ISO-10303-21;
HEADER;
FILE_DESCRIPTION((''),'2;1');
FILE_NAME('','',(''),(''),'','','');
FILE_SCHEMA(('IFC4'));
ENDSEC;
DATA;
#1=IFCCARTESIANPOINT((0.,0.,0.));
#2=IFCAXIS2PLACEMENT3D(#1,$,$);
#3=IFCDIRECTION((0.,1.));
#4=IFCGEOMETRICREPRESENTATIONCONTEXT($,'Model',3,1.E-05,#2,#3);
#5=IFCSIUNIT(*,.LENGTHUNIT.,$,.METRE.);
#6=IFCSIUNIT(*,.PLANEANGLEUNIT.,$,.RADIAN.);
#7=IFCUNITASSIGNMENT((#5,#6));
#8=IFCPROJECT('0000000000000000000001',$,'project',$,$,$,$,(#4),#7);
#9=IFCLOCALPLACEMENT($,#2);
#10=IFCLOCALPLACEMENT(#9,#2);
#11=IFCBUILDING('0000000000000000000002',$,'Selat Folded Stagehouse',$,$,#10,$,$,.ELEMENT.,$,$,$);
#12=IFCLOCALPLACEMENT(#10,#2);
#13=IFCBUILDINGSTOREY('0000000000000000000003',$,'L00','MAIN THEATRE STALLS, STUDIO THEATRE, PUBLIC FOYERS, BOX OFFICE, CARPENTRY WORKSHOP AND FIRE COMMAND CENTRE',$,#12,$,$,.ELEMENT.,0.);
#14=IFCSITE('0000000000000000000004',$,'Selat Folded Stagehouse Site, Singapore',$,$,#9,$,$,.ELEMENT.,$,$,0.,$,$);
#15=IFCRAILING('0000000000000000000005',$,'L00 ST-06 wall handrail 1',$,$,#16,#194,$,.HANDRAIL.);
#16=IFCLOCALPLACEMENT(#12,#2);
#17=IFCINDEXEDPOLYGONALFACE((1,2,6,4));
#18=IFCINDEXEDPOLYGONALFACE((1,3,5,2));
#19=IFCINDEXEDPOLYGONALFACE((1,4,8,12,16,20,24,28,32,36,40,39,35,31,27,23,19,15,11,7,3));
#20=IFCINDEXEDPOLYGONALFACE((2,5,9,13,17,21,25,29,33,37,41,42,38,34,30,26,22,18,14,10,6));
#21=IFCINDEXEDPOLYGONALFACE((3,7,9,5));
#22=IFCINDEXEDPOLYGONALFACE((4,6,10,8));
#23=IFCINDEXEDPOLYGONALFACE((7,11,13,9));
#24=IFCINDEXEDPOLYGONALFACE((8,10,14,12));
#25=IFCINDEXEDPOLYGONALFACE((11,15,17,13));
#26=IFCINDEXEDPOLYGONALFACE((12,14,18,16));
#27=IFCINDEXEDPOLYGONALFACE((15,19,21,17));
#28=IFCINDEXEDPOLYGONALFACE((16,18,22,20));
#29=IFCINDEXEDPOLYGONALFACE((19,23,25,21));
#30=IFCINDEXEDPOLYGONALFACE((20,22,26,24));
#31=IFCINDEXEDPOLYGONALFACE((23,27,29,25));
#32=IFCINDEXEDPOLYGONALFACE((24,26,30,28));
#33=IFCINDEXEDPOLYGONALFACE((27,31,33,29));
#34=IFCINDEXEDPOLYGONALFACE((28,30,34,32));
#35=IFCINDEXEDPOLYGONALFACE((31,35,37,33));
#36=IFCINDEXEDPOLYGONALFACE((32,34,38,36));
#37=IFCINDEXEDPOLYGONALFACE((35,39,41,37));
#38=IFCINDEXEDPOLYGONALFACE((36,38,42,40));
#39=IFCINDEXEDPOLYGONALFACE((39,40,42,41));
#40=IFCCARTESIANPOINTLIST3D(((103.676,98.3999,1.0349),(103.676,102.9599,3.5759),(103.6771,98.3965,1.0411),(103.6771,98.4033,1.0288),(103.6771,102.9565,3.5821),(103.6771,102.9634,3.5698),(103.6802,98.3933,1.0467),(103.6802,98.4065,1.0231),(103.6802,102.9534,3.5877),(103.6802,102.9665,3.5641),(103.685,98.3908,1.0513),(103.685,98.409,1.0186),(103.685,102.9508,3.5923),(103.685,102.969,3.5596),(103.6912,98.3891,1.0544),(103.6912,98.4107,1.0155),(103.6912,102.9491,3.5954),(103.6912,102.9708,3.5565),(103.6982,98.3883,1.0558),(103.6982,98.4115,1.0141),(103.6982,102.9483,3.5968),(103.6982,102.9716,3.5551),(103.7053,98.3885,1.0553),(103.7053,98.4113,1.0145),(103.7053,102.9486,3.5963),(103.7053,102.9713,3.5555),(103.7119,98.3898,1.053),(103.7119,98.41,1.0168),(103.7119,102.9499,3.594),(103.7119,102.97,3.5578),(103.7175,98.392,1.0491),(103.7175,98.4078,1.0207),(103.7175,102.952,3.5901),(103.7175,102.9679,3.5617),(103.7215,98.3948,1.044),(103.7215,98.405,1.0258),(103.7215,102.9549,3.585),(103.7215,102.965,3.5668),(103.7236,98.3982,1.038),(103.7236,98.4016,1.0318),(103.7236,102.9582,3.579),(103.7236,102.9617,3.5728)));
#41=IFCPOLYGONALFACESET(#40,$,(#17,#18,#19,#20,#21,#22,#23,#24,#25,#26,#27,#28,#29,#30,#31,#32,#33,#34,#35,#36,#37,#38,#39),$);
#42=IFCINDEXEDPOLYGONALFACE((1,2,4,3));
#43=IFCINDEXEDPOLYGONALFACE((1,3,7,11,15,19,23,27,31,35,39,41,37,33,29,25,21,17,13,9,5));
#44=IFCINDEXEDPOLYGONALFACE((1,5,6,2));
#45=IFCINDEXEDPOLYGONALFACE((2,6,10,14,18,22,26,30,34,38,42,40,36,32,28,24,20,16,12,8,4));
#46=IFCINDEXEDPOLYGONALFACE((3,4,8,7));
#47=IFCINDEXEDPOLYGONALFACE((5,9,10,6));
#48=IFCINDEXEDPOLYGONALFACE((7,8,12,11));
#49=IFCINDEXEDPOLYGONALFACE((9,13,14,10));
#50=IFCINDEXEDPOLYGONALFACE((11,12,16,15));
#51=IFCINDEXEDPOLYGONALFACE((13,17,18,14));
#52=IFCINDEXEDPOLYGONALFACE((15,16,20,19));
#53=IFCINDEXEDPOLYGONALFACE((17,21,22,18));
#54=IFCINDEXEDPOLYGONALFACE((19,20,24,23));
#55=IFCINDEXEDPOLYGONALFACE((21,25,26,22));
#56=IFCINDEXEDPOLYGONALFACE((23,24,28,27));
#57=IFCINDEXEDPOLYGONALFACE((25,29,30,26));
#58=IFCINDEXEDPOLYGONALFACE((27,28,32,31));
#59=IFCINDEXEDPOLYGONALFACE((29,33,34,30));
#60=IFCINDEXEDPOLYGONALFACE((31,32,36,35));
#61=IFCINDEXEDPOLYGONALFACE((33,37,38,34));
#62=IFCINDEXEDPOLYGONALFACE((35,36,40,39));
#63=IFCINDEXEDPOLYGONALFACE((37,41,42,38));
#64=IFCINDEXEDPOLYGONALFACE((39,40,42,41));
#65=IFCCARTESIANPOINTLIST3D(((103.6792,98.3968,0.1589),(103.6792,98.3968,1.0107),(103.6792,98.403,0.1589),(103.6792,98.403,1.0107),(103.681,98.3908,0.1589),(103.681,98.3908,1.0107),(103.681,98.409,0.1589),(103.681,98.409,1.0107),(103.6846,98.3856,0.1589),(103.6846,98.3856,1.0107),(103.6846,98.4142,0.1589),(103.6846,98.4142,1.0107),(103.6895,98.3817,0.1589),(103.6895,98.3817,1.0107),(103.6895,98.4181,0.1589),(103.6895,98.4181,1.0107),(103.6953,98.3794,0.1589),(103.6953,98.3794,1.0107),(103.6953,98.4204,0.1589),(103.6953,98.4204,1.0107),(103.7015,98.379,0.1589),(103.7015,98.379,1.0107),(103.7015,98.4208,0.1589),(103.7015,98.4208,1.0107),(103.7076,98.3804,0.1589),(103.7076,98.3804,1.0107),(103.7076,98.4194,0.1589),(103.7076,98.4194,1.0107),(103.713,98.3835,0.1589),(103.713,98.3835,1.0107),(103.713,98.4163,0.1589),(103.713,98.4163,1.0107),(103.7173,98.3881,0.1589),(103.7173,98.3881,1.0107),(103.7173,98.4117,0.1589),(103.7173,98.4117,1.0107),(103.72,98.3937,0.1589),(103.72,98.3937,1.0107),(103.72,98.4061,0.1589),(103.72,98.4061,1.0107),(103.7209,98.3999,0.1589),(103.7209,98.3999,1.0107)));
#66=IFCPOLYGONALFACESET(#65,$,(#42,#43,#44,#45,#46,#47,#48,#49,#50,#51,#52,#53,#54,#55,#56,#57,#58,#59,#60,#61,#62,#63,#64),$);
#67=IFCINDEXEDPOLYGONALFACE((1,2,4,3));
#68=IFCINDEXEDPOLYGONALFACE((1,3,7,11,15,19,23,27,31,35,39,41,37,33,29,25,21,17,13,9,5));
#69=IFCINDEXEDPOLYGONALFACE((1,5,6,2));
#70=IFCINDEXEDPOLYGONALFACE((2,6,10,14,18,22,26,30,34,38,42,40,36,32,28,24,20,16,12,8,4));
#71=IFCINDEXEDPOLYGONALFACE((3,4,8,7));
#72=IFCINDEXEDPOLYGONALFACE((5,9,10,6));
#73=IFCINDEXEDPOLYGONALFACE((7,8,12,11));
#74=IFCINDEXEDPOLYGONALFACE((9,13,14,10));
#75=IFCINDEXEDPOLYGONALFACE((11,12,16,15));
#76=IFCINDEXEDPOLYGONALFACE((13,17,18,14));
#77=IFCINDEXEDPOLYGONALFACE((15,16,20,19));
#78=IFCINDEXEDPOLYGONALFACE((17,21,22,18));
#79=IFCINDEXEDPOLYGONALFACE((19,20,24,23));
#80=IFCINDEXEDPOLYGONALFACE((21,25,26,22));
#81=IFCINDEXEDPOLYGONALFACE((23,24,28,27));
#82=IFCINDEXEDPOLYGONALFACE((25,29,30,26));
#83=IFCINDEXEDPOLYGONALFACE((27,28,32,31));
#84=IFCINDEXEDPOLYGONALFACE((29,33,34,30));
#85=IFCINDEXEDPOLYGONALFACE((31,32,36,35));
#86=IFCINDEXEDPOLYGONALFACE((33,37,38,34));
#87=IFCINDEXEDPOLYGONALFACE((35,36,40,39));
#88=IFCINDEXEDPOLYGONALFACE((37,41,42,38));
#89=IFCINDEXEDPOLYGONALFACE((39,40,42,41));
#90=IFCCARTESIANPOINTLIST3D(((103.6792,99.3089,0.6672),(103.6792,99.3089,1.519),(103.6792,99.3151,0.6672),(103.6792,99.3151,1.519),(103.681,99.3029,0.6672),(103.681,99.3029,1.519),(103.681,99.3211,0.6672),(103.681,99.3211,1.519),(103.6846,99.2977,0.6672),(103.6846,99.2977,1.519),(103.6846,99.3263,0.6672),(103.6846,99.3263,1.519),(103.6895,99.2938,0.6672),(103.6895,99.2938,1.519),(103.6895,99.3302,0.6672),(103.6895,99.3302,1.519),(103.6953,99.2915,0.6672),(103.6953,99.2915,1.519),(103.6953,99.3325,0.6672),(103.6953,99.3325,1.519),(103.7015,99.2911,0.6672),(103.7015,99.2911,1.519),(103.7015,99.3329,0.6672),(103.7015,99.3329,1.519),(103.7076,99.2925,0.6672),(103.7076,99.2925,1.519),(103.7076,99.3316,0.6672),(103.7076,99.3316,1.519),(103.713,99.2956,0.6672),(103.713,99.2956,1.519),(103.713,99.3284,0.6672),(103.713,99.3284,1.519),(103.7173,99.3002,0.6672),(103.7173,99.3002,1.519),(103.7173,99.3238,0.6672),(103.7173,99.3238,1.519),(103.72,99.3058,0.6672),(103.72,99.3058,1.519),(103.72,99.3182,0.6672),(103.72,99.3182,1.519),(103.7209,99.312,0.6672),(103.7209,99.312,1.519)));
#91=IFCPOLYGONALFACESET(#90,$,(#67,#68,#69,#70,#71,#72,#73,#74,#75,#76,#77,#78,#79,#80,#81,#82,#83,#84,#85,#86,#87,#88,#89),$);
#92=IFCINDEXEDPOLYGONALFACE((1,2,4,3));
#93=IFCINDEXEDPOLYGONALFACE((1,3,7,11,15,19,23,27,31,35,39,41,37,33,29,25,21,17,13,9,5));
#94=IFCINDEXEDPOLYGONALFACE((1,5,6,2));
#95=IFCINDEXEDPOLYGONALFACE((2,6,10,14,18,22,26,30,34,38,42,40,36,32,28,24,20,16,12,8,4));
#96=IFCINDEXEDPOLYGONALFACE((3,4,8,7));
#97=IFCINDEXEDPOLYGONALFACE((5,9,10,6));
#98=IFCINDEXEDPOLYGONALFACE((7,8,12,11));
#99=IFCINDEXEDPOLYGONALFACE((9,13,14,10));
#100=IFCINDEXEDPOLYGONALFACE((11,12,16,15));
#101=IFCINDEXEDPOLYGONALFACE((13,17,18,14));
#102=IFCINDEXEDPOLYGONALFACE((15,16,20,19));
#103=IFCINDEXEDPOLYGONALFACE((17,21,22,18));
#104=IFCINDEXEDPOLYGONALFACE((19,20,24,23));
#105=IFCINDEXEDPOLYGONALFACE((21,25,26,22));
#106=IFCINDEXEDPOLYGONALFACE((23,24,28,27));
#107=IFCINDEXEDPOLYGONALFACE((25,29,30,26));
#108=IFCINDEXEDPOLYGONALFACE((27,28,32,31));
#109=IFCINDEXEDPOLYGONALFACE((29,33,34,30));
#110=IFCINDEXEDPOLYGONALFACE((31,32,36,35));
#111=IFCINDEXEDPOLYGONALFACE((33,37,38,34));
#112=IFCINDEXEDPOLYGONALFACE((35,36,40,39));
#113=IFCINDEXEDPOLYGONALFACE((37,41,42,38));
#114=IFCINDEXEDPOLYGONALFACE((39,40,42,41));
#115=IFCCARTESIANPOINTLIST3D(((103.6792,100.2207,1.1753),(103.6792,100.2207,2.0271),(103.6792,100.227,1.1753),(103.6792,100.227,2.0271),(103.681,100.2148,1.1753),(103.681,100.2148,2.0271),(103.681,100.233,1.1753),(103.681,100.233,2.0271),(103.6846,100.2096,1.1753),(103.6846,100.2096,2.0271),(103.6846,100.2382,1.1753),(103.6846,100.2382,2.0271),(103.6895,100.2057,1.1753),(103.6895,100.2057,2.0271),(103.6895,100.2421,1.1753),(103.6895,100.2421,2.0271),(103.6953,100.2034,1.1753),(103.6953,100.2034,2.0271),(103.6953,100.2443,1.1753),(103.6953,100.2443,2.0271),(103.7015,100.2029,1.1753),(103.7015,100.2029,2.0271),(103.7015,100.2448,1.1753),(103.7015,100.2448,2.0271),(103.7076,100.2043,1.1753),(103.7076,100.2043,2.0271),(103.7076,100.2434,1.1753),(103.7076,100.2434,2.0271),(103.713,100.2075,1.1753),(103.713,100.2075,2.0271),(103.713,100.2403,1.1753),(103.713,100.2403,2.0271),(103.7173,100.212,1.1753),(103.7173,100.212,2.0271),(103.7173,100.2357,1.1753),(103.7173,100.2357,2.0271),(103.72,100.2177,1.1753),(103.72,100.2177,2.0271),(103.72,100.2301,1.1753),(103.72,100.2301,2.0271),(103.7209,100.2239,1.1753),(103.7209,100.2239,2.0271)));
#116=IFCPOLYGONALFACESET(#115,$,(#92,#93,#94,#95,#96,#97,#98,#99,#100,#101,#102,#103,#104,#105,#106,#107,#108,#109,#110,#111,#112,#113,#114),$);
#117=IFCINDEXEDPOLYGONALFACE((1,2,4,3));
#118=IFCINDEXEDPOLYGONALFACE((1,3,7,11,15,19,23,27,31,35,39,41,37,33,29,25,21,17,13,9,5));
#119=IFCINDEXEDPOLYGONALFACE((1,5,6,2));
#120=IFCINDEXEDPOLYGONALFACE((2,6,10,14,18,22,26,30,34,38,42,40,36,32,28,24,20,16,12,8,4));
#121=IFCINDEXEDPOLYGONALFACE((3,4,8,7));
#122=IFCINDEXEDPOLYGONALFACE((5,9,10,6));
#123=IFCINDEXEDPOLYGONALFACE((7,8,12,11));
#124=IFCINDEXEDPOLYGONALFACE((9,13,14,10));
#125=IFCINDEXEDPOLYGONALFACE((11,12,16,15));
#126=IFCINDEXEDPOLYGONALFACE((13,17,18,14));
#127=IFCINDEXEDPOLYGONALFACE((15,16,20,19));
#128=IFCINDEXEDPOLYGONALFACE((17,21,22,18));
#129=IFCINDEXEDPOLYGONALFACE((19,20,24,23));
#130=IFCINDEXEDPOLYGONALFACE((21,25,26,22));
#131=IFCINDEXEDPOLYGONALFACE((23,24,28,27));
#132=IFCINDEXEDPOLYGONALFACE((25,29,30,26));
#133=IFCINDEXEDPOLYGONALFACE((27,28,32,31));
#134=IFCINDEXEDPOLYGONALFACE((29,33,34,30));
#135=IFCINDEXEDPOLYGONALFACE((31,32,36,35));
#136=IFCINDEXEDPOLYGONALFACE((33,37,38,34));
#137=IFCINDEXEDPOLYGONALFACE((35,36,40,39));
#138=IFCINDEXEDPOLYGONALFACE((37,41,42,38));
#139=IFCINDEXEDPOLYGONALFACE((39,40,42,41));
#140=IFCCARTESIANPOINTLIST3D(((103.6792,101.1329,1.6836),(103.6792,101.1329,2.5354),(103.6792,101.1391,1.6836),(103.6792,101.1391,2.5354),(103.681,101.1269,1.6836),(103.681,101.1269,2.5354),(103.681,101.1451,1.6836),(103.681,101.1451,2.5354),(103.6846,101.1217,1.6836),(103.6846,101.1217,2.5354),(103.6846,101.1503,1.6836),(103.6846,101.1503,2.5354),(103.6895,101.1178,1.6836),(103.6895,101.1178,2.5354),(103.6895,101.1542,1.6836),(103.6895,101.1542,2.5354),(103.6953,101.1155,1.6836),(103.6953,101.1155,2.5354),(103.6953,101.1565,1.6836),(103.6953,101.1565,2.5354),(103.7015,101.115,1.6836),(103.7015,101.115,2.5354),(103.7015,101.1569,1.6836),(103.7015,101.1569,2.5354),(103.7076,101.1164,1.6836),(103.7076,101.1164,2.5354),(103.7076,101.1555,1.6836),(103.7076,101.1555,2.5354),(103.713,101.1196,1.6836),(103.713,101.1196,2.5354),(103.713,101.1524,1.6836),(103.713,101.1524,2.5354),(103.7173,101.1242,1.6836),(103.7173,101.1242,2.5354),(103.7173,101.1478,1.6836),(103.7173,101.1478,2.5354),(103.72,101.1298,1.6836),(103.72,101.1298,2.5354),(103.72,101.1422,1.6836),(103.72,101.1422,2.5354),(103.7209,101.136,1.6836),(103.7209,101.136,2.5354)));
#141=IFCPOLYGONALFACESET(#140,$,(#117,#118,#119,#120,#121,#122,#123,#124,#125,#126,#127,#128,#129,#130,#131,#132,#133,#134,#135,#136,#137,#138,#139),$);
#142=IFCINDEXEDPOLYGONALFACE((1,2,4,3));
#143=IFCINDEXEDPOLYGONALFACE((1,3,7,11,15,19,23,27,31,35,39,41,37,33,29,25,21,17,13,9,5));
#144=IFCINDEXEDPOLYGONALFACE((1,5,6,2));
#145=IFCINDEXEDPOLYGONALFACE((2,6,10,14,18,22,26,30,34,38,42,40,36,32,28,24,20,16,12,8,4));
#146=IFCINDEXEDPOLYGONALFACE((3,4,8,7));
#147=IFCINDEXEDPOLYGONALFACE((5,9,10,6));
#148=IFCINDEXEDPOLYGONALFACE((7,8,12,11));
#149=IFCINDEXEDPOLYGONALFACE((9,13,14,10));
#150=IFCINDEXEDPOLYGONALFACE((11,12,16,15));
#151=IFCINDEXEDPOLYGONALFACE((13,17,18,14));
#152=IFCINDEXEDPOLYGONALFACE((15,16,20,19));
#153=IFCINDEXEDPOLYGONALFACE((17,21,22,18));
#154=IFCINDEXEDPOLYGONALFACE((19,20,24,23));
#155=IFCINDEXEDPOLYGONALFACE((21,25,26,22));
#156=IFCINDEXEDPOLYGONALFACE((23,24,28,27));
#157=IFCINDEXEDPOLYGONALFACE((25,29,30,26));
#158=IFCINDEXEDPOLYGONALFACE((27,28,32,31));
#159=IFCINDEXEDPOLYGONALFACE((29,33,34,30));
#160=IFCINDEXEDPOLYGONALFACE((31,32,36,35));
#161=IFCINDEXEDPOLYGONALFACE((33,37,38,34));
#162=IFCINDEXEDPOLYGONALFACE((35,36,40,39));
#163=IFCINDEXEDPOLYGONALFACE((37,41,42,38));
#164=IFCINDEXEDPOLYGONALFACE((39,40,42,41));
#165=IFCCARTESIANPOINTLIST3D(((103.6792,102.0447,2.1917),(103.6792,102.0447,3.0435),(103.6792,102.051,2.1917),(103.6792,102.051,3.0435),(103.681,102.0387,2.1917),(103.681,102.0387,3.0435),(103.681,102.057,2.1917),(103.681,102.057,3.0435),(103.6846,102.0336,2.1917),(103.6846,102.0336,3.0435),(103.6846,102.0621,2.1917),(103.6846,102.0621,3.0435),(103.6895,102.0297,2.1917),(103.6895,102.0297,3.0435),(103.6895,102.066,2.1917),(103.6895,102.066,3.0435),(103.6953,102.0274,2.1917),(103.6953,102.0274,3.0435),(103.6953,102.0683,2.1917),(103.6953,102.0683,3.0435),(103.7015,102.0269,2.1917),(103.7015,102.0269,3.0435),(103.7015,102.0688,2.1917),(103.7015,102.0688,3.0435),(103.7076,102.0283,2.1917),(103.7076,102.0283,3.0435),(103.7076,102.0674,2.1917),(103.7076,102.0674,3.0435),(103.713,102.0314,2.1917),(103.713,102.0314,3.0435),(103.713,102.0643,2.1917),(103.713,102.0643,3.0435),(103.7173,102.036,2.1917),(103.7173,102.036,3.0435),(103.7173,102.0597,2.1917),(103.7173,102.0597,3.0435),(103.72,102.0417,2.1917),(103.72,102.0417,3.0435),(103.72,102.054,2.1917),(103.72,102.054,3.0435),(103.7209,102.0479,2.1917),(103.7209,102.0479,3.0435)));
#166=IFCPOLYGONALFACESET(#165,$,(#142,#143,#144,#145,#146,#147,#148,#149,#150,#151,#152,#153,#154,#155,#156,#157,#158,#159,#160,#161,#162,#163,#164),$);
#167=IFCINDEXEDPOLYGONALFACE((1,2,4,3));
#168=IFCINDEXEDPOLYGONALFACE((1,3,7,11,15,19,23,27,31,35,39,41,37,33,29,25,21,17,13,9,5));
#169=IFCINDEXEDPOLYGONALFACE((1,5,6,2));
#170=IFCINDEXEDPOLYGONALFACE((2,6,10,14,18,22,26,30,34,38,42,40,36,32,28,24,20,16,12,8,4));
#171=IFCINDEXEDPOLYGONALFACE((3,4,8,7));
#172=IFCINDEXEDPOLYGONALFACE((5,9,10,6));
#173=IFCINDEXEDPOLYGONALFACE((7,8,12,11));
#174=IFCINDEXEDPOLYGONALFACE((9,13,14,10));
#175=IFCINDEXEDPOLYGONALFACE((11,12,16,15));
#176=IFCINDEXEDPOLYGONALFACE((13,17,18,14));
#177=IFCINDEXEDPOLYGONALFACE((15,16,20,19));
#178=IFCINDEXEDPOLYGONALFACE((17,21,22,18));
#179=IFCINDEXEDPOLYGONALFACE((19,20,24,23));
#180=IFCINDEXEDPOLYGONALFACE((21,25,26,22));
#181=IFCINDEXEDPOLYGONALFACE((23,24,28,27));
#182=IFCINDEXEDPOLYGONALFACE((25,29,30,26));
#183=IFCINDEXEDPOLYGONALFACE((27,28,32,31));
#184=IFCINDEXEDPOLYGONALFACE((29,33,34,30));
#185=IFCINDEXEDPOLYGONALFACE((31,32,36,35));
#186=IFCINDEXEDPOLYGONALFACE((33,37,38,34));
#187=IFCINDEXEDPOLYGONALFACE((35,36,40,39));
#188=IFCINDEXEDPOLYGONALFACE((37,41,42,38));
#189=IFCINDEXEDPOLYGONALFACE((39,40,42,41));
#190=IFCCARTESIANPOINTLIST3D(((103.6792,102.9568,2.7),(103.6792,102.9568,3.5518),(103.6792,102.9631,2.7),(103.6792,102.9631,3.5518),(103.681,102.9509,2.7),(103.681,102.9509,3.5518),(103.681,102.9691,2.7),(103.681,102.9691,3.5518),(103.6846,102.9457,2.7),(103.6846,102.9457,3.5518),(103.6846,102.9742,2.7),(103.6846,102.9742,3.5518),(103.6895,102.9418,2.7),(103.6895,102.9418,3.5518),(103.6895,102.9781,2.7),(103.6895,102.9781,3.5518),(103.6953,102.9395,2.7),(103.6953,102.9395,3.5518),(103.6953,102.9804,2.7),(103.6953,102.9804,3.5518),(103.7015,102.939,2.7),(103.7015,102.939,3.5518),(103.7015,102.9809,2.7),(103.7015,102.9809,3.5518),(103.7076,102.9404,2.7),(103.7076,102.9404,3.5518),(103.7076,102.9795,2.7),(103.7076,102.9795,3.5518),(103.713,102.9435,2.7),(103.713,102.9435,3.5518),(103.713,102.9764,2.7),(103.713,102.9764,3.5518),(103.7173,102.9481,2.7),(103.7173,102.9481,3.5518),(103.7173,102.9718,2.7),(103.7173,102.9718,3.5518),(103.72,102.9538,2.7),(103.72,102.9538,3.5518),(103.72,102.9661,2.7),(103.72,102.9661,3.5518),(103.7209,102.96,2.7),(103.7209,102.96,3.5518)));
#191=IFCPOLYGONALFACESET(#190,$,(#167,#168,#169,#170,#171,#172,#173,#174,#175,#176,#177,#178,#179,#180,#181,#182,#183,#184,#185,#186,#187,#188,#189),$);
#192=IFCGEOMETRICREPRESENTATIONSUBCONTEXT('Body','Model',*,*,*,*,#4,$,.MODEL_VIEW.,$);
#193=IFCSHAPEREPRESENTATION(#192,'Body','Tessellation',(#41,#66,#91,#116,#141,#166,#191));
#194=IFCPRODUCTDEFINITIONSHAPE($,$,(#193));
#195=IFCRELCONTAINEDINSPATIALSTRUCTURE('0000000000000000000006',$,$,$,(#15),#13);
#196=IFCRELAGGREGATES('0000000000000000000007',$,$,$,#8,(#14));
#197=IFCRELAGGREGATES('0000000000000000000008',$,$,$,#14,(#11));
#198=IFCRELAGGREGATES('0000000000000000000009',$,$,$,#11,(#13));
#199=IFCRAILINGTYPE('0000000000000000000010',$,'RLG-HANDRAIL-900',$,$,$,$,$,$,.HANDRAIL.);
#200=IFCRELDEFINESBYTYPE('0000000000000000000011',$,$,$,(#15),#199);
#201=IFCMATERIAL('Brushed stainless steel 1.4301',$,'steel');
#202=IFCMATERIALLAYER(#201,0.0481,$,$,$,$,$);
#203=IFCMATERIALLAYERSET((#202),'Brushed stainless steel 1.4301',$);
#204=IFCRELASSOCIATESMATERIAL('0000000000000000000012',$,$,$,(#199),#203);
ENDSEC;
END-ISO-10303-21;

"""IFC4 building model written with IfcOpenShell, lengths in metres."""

from ifc_helpers import new_model, si_unit, direction, frame, origin, origin_2d, place, context, subcontext, project, spatial, circle, extrude, material, layer, layer_set, type_object, element, save


model = new_model("IFC4")

# Units and contexts
model_context = context("Model", 3, precision=1e-05, world=origin(), true_north=direction((0.0, 1.0)))
body_context = subcontext(model_context, "Body", "Model", "MODEL_VIEW")
ifc_project = project(units=[si_unit("LENGTHUNIT", "METRE"), si_unit("PLANEANGLEUNIT", "RADIAN")], contexts=[model_context])

# Site, building, storey
site_placement = place(None, origin())
site = spatial("IfcSite", under=ifc_project, at=site_placement, Name="Selat Folded Stagehouse Site, Singapore", CompositionType="ELEMENT", RefElevation=0.0)
building_placement = place(site_placement, origin())
building = spatial("IfcBuilding", under=site, at=building_placement, Name="Selat Folded Stagehouse", CompositionType="ELEMENT")
storey_placement = place(building_placement, origin())
storey = spatial("IfcBuildingStorey", under=building, at=storey_placement, Name="L00", Description="MAIN THEATRE STALLS, STUDIO THEATRE, PUBLIC FOYERS, BOX OFFICE, CARPENTRY WORKSHOP AND FIRE COMMAND CENTRE", CompositionType="ELEMENT", Elevation=0.0)

# Railing
ifc_material_1 = material(Name="Brushed stainless steel 1.4301", Category="steel")
ifc_layer_1 = layer(ifc_material_1, 0.0481)
ifc_layer_set_1 = layer_set([ifc_layer_1], Name="Brushed stainless steel 1.4301")
railing_type_1 = type_object("IfcRailingType", Name="RLG-HANDRAIL-900", PredefinedType="HANDRAIL", material=ifc_layer_set_1)
railing_1_placement = place(storey_placement, frame((103.7, 98.3999, 0.1589)))
element("IfcRailing", 1, at=railing_1_placement, inside=storey, type_object=railing_type_1, Name="L00 ST-06 wall handrail 1", PredefinedType="HANDRAIL", context=body_context, shape_type="SweptSolid", body=[
    extrude(circle(Radius=0.0239, at=origin_2d()), frame((0.0, 0.0, 0.876), z_axis=(0.0, 0.873534, 0.486762), x_axis=(-1.0, 0.0, 0.0)), (0.0, 0.0, 1.0), 5.2202),
    extrude(circle(Radius=0.021, at=origin_2d()), origin(), (0.0, 0.0, 1.0), 0.8518),
    extrude(circle(Radius=0.021, at=origin_2d()), frame((0.0, 0.9121, 0.5083)), (0.0, 0.0, 1.0), 0.8518),
    extrude(circle(Radius=0.021, at=origin_2d()), frame((0.0, 1.824, 1.0164)), (0.0, 0.0, 1.0), 0.8518),
    extrude(circle(Radius=0.021, at=origin_2d()), frame((0.0, 2.7361, 1.5247)), (0.0, 0.0, 1.0), 0.8518),
    extrude(circle(Radius=0.021, at=origin_2d()), frame((0.0, 3.6479, 2.0327)), (0.0, 0.0, 1.0), 0.8518),
    extrude(circle(Radius=0.021, at=origin_2d()), frame((0.0, 4.5601, 2.541)), (0.0, 0.0, 1.0), 0.8518),
])

save(model, "model.ifc")
